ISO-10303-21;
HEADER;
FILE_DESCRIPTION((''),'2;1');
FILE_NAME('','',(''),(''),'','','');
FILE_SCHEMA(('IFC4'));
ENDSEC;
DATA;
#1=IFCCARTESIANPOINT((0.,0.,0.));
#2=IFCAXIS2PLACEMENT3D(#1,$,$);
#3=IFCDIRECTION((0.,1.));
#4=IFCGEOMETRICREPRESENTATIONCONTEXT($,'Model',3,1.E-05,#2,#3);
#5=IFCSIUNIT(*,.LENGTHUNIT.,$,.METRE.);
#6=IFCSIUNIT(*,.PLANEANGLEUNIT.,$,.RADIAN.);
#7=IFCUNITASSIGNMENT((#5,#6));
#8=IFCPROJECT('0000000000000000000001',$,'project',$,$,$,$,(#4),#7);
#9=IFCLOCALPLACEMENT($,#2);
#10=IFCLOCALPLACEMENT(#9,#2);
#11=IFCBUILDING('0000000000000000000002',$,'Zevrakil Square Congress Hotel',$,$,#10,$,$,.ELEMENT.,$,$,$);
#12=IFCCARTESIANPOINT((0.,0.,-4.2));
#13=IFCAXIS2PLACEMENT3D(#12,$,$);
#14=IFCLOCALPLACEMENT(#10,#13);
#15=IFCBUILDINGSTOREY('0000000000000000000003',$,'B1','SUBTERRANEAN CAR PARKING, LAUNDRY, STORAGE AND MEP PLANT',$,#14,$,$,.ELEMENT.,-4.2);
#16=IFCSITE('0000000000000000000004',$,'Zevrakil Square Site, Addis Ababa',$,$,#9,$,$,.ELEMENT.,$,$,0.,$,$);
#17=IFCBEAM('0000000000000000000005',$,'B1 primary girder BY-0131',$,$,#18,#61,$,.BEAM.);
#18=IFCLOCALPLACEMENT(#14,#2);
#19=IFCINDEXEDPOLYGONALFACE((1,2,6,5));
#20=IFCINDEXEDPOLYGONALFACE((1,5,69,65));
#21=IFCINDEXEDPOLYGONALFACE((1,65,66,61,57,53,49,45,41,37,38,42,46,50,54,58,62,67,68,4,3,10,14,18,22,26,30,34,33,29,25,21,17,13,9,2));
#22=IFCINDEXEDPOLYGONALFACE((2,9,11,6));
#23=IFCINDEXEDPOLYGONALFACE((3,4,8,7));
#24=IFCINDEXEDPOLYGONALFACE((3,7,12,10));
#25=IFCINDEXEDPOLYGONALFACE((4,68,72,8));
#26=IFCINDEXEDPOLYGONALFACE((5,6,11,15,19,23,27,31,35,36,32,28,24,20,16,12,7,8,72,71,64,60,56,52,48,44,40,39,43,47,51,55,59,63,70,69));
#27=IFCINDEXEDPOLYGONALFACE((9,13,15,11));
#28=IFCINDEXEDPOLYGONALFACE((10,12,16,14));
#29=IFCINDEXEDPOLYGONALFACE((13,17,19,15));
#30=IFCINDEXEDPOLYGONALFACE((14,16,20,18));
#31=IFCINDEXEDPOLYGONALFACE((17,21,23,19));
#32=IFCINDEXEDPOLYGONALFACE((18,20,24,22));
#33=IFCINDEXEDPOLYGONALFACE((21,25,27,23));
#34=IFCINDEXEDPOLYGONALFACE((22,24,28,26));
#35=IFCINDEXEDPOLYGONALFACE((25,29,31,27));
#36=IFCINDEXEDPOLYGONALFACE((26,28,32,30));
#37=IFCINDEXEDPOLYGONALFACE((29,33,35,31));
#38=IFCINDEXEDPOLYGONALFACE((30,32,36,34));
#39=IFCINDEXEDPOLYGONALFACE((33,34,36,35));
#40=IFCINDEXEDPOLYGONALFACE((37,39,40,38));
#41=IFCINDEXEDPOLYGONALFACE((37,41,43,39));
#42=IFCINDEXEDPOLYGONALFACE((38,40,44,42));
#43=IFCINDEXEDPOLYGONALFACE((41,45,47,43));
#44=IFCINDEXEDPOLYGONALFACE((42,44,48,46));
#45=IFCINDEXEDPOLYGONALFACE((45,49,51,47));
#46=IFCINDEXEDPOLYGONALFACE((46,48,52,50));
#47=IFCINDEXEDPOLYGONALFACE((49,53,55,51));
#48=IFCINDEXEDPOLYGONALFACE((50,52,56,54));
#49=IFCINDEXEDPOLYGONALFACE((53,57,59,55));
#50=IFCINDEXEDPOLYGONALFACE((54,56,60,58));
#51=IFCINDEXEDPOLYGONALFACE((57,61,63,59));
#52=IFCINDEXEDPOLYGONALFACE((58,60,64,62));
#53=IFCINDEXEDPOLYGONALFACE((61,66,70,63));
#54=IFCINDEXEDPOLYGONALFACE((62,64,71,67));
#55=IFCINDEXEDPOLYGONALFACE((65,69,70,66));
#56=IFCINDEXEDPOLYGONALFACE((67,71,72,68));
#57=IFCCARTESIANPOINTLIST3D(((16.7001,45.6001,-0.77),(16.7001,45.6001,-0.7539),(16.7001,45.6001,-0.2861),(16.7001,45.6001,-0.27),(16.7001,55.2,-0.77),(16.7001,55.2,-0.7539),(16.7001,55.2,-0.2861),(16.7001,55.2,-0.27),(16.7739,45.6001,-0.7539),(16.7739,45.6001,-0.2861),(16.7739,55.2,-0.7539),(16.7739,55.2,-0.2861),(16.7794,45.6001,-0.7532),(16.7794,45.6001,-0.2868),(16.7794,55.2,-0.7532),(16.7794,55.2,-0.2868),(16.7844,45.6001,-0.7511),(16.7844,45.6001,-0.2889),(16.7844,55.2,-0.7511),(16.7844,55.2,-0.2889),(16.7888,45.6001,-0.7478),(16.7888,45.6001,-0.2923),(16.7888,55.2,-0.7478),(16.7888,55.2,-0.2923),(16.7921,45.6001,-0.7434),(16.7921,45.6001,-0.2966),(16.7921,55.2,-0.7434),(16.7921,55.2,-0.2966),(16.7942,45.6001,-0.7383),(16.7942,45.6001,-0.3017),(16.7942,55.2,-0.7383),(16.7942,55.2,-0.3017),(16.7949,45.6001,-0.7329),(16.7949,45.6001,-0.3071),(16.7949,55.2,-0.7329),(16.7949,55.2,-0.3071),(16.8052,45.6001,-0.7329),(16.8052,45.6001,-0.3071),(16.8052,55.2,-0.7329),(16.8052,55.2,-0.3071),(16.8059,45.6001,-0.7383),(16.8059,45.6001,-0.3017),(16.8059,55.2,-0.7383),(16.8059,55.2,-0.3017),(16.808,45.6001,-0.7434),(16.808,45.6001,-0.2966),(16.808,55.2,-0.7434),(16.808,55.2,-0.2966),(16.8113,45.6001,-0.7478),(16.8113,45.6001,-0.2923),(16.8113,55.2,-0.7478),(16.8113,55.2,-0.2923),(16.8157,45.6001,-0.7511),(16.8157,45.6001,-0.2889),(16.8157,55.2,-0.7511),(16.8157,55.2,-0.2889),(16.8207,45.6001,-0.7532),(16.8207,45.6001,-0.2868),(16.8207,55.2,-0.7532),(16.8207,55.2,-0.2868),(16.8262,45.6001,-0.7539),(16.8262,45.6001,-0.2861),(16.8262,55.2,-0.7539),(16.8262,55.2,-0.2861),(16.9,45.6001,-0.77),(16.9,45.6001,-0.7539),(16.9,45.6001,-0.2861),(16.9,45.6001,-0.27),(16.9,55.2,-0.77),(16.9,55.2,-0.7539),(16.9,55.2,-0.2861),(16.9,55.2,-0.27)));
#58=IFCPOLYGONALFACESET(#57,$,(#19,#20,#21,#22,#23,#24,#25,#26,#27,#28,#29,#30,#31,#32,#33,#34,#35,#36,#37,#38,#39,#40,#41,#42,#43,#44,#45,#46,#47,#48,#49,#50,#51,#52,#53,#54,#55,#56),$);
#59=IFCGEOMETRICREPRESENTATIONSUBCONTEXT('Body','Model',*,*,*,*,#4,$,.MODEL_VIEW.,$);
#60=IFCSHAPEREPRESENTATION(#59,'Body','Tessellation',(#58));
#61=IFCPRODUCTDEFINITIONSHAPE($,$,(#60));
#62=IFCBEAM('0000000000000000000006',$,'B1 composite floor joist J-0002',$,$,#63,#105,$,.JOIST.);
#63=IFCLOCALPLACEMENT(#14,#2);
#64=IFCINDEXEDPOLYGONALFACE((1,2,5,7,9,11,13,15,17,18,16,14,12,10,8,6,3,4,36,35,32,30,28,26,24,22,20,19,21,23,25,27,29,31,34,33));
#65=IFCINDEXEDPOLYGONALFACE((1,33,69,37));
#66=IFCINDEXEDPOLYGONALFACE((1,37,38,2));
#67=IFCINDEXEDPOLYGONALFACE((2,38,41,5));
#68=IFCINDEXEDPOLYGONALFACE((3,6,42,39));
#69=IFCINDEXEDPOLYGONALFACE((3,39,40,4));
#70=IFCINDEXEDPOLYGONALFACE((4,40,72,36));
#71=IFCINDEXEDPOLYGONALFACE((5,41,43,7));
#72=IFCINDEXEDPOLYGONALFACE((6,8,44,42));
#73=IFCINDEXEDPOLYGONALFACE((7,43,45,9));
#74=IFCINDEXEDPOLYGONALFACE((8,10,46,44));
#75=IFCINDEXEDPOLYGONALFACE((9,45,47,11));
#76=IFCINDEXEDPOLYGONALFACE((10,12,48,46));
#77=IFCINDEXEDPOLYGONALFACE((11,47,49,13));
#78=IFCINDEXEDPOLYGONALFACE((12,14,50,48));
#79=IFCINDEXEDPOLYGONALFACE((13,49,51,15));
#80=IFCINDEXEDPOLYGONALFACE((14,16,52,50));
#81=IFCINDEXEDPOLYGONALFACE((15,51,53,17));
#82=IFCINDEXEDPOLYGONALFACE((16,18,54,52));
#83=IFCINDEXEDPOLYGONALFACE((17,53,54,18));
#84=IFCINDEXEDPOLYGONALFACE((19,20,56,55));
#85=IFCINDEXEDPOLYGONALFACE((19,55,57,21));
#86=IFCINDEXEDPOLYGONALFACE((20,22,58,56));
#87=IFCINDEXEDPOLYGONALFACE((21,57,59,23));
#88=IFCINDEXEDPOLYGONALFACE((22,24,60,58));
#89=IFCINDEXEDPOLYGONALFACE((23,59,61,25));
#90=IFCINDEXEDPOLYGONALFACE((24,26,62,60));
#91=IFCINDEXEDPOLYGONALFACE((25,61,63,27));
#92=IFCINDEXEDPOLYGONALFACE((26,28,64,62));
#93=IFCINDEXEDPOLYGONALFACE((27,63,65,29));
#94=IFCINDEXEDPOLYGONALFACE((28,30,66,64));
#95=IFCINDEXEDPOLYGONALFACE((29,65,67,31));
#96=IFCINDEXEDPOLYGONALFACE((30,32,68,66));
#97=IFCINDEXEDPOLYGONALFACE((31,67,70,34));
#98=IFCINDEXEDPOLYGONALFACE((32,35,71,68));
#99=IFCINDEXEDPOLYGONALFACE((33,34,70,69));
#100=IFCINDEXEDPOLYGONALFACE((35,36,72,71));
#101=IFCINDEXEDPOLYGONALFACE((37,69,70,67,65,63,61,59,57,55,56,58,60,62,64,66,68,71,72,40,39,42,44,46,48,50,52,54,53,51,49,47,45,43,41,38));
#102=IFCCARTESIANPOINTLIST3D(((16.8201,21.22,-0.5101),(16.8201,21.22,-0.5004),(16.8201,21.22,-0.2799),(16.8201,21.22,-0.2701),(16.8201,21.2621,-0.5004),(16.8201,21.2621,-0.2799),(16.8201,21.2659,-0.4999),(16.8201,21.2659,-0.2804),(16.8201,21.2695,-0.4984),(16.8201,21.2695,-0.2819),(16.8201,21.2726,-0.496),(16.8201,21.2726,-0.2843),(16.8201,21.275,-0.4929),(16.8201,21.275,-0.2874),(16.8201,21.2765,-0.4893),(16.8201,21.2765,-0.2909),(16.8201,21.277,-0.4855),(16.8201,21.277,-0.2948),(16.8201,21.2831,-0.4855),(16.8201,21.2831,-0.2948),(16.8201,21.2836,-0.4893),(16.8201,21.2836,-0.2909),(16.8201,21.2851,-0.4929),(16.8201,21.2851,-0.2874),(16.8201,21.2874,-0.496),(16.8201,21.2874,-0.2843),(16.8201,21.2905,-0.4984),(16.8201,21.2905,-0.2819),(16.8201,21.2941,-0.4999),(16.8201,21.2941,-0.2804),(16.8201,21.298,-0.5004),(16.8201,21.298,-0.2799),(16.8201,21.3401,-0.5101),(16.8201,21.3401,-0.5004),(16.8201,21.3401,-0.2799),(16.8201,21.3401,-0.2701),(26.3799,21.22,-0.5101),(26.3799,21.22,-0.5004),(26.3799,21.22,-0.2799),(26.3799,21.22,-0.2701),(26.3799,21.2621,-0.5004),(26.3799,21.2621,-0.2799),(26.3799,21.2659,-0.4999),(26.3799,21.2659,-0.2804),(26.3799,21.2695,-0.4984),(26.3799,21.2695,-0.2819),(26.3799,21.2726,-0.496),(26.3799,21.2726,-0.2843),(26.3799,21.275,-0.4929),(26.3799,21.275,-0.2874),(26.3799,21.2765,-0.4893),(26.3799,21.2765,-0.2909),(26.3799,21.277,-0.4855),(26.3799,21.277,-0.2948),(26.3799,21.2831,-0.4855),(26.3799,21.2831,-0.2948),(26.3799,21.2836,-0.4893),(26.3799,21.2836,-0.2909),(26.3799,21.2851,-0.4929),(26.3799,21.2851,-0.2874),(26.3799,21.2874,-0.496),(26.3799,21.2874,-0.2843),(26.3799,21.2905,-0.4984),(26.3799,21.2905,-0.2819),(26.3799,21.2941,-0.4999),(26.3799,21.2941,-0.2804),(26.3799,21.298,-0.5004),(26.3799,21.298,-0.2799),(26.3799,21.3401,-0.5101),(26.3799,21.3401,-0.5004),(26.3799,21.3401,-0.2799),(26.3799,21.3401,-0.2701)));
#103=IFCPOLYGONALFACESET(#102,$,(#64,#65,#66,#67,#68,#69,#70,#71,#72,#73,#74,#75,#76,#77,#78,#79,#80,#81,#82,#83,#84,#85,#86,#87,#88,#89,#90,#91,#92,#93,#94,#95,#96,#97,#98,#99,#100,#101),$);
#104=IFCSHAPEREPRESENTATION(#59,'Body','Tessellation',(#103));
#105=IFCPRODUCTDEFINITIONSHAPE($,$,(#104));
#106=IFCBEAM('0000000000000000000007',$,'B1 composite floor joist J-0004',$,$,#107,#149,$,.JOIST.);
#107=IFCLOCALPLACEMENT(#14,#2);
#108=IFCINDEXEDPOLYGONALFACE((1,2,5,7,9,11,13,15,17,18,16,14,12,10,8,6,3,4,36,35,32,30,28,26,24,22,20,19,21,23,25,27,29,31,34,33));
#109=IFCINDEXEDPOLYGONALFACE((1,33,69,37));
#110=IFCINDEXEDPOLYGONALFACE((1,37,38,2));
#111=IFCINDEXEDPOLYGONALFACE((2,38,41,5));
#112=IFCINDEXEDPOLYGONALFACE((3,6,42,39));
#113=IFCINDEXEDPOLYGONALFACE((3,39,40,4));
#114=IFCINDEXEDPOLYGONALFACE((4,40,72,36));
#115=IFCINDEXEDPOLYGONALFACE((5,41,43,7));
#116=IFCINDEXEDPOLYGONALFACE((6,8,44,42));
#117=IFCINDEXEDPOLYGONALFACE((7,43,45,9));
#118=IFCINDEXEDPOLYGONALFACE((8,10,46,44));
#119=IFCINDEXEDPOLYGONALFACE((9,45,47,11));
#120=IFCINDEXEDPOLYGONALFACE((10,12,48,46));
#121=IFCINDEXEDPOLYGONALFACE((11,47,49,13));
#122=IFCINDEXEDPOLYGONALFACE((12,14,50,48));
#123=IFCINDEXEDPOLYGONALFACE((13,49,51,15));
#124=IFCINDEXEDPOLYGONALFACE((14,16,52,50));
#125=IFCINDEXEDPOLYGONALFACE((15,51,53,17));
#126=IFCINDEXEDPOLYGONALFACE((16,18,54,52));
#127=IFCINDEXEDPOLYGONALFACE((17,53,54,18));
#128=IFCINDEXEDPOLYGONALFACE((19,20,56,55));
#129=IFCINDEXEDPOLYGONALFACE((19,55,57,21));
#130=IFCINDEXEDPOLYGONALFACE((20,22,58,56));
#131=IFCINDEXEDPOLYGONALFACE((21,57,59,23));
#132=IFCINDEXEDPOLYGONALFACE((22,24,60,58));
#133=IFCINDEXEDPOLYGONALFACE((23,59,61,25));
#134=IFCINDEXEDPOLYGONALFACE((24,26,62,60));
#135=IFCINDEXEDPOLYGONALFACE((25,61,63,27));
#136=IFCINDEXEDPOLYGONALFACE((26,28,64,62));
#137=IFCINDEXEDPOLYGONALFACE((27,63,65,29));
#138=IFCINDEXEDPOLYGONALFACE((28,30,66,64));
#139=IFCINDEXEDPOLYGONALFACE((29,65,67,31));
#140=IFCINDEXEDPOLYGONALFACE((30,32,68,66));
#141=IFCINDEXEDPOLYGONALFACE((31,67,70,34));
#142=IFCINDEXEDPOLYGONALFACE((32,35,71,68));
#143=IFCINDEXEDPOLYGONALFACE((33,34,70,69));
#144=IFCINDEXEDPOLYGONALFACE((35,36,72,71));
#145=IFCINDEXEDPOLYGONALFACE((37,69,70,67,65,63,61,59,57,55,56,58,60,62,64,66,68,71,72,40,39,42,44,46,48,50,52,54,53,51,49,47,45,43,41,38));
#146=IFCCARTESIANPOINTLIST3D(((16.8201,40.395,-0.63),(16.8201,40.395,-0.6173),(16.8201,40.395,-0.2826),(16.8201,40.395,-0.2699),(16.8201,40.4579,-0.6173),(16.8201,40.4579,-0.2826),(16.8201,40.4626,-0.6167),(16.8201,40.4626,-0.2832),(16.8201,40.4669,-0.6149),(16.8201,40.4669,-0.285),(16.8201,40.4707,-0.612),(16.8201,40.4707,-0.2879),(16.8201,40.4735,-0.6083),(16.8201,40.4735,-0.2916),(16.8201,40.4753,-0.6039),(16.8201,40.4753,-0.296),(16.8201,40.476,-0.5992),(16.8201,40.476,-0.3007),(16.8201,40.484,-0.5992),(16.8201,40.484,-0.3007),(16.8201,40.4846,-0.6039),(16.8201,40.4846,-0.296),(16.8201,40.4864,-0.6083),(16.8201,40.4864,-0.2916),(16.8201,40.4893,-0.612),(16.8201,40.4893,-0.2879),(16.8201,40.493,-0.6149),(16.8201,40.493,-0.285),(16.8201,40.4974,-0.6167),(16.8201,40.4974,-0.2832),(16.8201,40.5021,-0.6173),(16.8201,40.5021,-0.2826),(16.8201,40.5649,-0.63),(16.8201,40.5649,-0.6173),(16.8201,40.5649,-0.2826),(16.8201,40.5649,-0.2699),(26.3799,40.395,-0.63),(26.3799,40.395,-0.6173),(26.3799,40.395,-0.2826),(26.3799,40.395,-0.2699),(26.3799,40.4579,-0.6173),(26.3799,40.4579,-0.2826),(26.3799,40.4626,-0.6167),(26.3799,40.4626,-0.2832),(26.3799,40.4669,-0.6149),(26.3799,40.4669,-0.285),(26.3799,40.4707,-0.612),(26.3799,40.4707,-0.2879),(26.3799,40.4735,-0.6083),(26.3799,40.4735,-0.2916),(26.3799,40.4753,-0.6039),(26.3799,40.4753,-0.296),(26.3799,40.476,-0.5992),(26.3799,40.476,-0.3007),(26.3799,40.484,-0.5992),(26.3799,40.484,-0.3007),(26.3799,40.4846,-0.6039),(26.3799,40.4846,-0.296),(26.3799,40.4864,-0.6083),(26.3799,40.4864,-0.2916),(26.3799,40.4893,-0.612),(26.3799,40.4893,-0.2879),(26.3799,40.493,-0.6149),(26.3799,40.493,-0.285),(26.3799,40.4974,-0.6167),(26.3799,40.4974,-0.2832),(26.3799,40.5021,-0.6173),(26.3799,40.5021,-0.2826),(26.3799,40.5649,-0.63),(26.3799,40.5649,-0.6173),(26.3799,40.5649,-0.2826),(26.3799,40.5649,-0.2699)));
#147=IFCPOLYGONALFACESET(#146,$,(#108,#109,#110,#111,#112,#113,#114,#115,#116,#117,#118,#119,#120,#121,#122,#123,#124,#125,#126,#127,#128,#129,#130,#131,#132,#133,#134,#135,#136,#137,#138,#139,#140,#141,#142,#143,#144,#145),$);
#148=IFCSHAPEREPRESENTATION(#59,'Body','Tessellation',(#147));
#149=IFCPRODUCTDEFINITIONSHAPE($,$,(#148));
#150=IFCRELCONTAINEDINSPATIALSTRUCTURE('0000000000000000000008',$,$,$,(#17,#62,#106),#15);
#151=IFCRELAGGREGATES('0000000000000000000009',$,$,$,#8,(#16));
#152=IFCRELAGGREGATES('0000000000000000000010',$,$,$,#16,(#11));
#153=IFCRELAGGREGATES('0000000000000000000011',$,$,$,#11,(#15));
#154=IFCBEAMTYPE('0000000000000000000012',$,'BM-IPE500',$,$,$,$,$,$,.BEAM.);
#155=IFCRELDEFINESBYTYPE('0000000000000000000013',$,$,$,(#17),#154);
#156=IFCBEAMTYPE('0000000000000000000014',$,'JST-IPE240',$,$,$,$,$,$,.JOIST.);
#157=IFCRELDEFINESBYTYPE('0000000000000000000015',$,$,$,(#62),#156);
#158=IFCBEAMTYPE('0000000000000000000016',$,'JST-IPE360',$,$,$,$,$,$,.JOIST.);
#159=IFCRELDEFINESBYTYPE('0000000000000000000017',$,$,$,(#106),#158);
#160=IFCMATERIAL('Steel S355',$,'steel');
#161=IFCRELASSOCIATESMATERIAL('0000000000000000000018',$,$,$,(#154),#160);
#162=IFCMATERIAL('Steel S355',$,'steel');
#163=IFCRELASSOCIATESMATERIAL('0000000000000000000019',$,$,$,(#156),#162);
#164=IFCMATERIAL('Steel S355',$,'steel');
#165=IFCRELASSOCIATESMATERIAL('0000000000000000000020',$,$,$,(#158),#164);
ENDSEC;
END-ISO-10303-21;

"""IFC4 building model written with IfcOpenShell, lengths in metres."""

from ifc_helpers import new_model, si_unit, direction, frame, origin, origin_2d, place, context, subcontext, project, spatial, i_section, extrude, material, material_profile, profile_set, type_object, element, save


model = new_model("IFC4")

# Units and contexts
model_context = context("Model", 3, precision=1e-05, world=origin(), true_north=direction((0.0, 1.0)))
body_context = subcontext(model_context, "Body", "Model", "MODEL_VIEW")
ifc_project = project(units=[si_unit("LENGTHUNIT", "METRE"), si_unit("PLANEANGLEUNIT", "RADIAN")], contexts=[model_context])

# Site, building, storey
site_placement = place(None, origin())
site = spatial("IfcSite", under=ifc_project, at=site_placement, Name="Zevrakil Square Site, Addis Ababa", CompositionType="ELEMENT", RefElevation=0.0)
building_placement = place(site_placement, origin())
building = spatial("IfcBuilding", under=site, at=building_placement, Name="Zevrakil Square Congress Hotel", CompositionType="ELEMENT")
storey_placement = place(building_placement, frame((0.0, 0.0, -4.2)))
storey = spatial("IfcBuildingStorey", under=building, at=storey_placement, Name="B1", Description="SUBTERRANEAN CAR PARKING, LAUNDRY, STORAGE AND MEP PLANT", CompositionType="ELEMENT", Elevation=-4.2)

# Beams
ifc_material_1 = material(Name="Steel S355", Category="steel")
ifc_material_profile_1 = material_profile(ifc_material_1, i_section(OverallWidth=0.2, OverallDepth=0.5, WebThickness=0.0103, FlangeThickness=0.0161, FilletRadius=0.021, at=origin_2d()), Name="IPE 500")
ifc_profile_set_1 = profile_set([ifc_material_profile_1], Name="Steel S355")
beam_type_1 = type_object("IfcBeamType", Name="BM-IPE500", PredefinedType="BEAM", material=ifc_profile_set_1)
beam_1_placement = place(storey_placement, frame((16.8, 45.6001, -0.52), z_axis=(0.0, 1.0, 0.0), x_axis=(-1.0, 0.0, 0.0)))
element("IfcBeam", 1, at=beam_1_placement, inside=storey, type_object=beam_type_1, Name="B1 primary girder BY-0131", PredefinedType="BEAM", context=body_context, shape_type="SweptSolid", body=[
    extrude(i_section(OverallWidth=0.2, OverallDepth=0.5, WebThickness=0.0103, FlangeThickness=0.0161, FilletRadius=0.021, at=origin_2d()), origin(), (0.0, 0.0, 1.0), 9.5999),
])
ifc_material_2 = material(Name="Steel S355", Category="steel")
ifc_material_profile_2 = material_profile(ifc_material_2, i_section(OverallWidth=0.1201, OverallDepth=0.24, WebThickness=0.0061, FlangeThickness=0.0098, FilletRadius=0.0149, at=origin_2d()), Name="IPE 240")
ifc_profile_set_2 = profile_set([ifc_material_profile_2], Name="Steel S355")
beam_type_2 = type_object("IfcBeamType", Name="JST-IPE240", PredefinedType="JOIST", material=ifc_profile_set_2)
beam_2_placement = place(storey_placement, frame((16.8201, 21.28, -0.3901), z_axis=(1.0, 0.0, 0.0), x_axis=(0.0, 1.0, 0.0)))
element("IfcBeam", 2, at=beam_2_placement, inside=storey, type_object=beam_type_2, Name="B1 composite floor joist J-0002", PredefinedType="JOIST", context=body_context, shape_type="SweptSolid", body=[
    extrude(i_section(OverallWidth=0.1201, OverallDepth=0.24, WebThickness=0.0061, FlangeThickness=0.0098, FilletRadius=0.0149, at=origin_2d()), origin(), (0.0, 0.0, 1.0), 9.5598),
])
ifc_material_3 = material(Name="Steel S355", Category="steel")
ifc_material_profile_3 = material_profile(ifc_material_3, i_section(OverallWidth=0.1699, OverallDepth=0.3601, WebThickness=0.0081, FlangeThickness=0.0127, FilletRadius=0.0181, at=origin_2d()), Name="IPE 360")
ifc_profile_set_3 = profile_set([ifc_material_profile_3], Name="Steel S355")
beam_type_3 = type_object("IfcBeamType", Name="JST-IPE360", PredefinedType="JOIST", material=ifc_profile_set_3)
beam_3_placement = place(storey_placement, frame((16.8201, 40.48, -0.45), z_axis=(1.0, 0.0, 0.0), x_axis=(0.0, 1.0, 0.0)))
element("IfcBeam", 3, at=beam_3_placement, inside=storey, type_object=beam_type_3, Name="B1 composite floor joist J-0004", PredefinedType="JOIST", context=body_context, shape_type="SweptSolid", body=[
    extrude(i_section(OverallWidth=0.1699, OverallDepth=0.3601, WebThickness=0.0081, FlangeThickness=0.0127, FilletRadius=0.0181, at=origin_2d()), origin(), (0.0, 0.0, 1.0), 9.5598),
])

save(model, "model.ifc")
